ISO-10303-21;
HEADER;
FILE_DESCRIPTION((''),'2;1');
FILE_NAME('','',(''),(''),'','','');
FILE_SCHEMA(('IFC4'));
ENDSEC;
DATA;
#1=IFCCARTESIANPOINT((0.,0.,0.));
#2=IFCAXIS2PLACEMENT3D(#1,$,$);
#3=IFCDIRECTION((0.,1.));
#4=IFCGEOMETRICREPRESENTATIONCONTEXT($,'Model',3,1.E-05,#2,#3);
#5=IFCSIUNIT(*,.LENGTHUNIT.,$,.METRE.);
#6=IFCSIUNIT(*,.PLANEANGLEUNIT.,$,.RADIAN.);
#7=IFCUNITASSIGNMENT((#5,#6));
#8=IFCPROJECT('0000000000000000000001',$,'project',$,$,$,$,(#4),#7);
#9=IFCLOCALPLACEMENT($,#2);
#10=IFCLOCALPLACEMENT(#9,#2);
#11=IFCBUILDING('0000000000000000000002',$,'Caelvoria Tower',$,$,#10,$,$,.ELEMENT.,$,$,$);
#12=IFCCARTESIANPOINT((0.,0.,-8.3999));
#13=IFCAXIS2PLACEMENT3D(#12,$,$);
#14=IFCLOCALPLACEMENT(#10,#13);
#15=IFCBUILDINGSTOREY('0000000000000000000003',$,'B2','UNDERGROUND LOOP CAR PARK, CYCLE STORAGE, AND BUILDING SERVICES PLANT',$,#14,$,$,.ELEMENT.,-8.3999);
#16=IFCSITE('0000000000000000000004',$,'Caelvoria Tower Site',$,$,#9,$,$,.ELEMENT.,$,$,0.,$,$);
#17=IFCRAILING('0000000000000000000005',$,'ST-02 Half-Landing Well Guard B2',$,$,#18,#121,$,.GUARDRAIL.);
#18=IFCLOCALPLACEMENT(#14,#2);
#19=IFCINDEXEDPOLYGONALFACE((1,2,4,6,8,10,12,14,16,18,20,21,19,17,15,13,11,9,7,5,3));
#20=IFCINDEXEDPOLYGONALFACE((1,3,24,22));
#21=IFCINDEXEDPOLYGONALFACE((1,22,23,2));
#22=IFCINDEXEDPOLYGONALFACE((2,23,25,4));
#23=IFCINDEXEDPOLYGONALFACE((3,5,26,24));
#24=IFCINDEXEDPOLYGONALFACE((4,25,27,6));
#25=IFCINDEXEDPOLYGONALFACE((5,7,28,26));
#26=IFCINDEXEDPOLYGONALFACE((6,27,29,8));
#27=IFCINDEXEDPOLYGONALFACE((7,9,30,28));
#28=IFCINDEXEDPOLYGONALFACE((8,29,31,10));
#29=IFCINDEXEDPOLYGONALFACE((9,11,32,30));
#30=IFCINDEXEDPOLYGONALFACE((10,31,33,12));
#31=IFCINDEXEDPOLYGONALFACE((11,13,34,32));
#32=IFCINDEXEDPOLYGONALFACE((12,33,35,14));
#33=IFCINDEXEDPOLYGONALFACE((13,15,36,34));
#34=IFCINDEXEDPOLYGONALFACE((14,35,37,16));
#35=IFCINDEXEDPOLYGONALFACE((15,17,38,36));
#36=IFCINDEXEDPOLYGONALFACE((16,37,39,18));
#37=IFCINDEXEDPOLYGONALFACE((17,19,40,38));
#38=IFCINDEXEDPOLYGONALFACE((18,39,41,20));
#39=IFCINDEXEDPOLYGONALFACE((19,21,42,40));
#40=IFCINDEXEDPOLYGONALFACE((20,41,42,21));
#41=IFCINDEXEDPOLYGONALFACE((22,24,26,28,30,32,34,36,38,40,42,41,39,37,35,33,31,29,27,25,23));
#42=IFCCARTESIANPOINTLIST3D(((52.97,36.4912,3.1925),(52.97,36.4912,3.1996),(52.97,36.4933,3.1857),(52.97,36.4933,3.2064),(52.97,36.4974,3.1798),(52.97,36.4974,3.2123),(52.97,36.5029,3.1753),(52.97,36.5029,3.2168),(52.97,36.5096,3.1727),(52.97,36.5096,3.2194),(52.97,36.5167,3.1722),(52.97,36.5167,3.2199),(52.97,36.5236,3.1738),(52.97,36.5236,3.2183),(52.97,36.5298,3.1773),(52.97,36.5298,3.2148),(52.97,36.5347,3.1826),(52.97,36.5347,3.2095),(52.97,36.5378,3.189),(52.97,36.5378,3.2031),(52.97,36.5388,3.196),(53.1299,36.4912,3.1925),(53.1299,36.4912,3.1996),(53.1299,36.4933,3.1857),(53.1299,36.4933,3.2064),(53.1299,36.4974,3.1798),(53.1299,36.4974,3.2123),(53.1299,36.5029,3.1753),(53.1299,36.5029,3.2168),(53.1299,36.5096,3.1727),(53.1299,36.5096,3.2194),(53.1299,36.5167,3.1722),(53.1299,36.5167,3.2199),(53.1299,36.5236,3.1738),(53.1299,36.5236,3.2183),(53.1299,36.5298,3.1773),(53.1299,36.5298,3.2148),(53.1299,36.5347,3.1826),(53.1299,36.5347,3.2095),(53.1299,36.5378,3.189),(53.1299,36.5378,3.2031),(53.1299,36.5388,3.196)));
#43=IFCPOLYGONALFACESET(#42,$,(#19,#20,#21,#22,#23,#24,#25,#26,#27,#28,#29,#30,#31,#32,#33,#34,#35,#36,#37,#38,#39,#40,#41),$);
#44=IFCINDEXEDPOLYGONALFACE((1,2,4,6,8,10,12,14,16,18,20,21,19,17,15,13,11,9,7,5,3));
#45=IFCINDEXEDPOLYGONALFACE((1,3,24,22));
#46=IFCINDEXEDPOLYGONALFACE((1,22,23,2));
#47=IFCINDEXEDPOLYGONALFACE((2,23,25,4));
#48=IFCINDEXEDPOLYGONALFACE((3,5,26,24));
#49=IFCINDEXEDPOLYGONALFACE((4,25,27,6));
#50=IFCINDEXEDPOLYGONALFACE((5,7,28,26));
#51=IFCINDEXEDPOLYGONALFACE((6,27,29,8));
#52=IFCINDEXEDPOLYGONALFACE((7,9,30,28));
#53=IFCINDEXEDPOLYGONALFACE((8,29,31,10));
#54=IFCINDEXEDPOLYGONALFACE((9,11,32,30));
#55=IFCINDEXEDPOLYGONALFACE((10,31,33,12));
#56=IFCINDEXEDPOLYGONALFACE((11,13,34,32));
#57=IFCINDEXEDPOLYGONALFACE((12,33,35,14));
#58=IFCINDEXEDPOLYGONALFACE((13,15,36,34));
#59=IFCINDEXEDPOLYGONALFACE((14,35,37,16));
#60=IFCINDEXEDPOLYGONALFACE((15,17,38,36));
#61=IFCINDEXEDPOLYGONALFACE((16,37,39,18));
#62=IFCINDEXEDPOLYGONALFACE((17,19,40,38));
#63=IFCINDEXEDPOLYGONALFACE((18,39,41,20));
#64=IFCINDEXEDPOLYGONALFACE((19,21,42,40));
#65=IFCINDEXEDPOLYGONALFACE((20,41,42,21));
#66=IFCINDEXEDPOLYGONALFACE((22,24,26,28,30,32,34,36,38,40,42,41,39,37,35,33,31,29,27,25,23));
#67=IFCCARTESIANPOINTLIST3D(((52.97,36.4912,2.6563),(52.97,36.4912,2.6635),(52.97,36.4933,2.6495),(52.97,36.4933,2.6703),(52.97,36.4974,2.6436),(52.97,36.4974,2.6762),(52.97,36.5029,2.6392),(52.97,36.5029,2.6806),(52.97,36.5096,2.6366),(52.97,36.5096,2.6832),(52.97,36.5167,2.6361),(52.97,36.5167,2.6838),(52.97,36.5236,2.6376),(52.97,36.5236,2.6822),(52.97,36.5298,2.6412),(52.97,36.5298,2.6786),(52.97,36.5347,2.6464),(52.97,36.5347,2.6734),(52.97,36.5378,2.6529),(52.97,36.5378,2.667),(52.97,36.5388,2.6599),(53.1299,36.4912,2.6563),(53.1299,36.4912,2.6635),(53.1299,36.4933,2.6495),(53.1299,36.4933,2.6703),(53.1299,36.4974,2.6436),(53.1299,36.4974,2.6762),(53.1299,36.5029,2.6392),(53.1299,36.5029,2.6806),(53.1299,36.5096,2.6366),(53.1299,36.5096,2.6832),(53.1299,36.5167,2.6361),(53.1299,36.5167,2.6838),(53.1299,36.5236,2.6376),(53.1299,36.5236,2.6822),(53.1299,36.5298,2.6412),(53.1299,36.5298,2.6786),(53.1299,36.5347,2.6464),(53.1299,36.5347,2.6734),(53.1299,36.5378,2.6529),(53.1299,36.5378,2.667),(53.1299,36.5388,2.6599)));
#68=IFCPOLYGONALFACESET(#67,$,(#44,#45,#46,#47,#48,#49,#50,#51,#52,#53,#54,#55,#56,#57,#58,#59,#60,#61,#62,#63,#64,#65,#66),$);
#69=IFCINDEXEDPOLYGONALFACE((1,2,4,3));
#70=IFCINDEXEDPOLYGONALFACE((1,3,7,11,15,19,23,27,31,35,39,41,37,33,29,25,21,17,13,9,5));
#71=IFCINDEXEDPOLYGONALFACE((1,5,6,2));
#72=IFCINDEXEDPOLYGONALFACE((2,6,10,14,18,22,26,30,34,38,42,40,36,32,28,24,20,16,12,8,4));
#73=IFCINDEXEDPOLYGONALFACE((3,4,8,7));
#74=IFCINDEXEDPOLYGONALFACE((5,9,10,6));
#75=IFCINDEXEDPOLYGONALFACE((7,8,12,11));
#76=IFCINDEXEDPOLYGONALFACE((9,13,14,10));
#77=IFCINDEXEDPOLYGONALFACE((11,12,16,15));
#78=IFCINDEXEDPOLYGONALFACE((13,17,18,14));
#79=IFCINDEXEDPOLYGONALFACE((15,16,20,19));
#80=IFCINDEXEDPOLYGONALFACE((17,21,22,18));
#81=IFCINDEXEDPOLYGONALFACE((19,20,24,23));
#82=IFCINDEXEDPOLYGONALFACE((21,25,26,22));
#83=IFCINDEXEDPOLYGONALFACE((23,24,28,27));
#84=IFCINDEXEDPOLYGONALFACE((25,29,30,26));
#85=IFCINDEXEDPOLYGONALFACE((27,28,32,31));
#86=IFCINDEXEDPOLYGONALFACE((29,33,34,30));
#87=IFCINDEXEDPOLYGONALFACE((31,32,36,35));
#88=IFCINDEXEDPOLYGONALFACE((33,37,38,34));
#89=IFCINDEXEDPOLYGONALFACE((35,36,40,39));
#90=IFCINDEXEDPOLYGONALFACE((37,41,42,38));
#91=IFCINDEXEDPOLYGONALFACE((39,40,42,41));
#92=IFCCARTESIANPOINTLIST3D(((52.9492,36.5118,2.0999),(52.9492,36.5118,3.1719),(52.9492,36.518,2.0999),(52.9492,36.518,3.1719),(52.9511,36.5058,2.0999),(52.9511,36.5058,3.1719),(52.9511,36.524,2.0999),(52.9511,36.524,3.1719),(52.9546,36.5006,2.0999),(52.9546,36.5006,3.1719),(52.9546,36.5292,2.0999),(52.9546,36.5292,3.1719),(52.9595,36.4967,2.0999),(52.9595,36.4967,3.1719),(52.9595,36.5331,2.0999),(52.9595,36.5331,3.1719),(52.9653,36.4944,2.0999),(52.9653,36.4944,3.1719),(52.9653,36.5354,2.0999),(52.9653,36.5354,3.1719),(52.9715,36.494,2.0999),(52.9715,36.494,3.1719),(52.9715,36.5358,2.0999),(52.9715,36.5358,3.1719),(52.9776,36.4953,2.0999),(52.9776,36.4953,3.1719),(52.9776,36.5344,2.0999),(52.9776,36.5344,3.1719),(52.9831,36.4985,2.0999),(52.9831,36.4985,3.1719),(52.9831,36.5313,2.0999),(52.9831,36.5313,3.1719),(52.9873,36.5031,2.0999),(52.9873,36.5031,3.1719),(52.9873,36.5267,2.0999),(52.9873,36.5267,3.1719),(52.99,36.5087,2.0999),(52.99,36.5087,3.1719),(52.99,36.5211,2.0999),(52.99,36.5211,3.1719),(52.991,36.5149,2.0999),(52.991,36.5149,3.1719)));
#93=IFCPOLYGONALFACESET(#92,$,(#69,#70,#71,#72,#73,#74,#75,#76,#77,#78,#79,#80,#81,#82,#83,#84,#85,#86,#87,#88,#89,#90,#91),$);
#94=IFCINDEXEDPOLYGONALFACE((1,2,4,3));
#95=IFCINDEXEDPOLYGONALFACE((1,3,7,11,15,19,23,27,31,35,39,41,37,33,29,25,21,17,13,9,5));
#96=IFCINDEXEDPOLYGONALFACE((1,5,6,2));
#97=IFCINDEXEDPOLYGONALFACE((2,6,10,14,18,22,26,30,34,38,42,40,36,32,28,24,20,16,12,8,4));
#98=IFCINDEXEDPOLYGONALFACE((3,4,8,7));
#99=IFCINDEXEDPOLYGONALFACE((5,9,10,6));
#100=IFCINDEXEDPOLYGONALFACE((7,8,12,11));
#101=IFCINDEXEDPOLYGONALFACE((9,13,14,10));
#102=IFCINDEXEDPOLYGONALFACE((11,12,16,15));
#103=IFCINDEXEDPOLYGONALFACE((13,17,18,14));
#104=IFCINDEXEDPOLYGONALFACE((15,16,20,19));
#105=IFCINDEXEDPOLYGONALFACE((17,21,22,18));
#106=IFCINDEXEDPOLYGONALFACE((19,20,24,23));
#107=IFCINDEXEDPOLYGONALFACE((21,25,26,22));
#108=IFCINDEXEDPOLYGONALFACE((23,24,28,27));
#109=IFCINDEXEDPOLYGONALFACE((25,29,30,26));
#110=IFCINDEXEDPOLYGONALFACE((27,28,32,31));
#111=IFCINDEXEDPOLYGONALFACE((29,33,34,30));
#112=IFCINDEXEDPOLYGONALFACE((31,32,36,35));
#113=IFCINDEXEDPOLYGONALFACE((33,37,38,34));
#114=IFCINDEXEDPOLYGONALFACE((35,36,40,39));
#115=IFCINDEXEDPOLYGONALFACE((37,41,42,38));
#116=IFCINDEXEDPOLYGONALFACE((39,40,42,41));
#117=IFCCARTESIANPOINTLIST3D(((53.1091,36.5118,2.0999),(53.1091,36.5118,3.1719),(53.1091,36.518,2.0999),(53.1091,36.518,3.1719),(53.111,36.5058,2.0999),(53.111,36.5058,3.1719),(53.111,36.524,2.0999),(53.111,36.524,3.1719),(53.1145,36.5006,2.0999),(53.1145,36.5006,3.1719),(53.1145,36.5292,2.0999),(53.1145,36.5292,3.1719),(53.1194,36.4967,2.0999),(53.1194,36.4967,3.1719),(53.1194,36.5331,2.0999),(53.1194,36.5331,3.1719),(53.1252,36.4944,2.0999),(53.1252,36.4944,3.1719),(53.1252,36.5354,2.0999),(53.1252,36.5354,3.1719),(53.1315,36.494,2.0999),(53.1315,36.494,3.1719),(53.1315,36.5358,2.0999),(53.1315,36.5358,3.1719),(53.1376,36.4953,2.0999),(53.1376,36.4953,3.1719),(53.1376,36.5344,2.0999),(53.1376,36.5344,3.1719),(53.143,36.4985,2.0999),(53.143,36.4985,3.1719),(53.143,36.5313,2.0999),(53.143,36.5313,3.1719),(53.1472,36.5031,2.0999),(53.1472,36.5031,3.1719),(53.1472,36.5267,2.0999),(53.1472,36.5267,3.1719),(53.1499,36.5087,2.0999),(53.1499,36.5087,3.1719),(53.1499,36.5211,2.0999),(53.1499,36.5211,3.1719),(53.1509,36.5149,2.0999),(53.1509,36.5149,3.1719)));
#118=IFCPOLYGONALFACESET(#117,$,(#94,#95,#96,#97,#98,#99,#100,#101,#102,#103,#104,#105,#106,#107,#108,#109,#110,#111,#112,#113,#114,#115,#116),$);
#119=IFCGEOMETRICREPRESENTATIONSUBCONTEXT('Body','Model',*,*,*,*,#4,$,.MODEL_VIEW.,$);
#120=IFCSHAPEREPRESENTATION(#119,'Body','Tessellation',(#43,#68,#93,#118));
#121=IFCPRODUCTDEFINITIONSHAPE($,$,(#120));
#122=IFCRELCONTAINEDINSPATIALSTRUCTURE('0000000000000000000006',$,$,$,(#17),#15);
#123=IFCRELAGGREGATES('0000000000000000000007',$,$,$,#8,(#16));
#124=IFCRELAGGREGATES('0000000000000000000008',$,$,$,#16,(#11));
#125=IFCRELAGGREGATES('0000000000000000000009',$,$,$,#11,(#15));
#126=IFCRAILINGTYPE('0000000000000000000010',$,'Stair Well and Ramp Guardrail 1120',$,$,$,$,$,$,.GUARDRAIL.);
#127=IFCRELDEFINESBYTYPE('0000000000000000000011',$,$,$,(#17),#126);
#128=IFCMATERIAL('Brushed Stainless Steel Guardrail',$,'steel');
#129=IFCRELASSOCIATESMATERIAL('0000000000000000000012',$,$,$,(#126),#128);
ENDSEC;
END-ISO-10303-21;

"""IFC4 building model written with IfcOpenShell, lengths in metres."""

from ifc_helpers import new_model, si_unit, direction, frame, origin, origin_2d, place, context, subcontext, project, spatial, circle, extrude, material, type_object, element, save


model = new_model("IFC4")

# Units and contexts
model_context = context("Model", 3, precision=1e-05, world=origin(), true_north=direction((0.0, 1.0)))
body_context = subcontext(model_context, "Body", "Model", "MODEL_VIEW")
ifc_project = project(units=[si_unit("LENGTHUNIT", "METRE"), si_unit("PLANEANGLEUNIT", "RADIAN")], contexts=[model_context])

# Site, building, storey
site_placement = place(None, origin())
site = spatial("IfcSite", under=ifc_project, at=site_placement, Name="Caelvoria Tower Site", CompositionType="ELEMENT", RefElevation=0.0)
building_placement = place(site_placement, origin())
building = spatial("IfcBuilding", under=site, at=building_placement, Name="Caelvoria Tower", CompositionType="ELEMENT")
storey_placement = place(building_placement, frame((0.0, 0.0, -8.3999)))
storey = spatial("IfcBuildingStorey", under=building, at=storey_placement, Name="B2", Description="UNDERGROUND LOOP CAR PARK, CYCLE STORAGE, AND BUILDING SERVICES PLANT", CompositionType="ELEMENT", Elevation=-8.3999)

# Railing
ifc_material_1 = material(Name="Brushed Stainless Steel Guardrail", Category="steel")
railing_type_1 = type_object("IfcRailingType", Name="Stair Well and Ramp Guardrail 1120", PredefinedType="GUARDRAIL", material=ifc_material_1)
railing_1_placement = place(storey_placement, frame((52.97, 36.5149, 2.0999)))
element("IfcRailing", 1, at=railing_1_placement, inside=storey, type_object=railing_type_1, Name="ST-02 Half-Landing Well Guard B2", PredefinedType="GUARDRAIL", context=body_context, shape_type="SweptSolid", body=[
    extrude(circle(Radius=0.0239, at=origin_2d()), frame((0.0, 0.0, 1.0962), z_axis=(1.0, 0.0, 0.0), x_axis=(0.0, 1.0, 0.0)), (0.0, 0.0, 1.0), 0.1599),
    extrude(circle(Radius=0.0239, at=origin_2d()), frame((0.0, 0.0, 0.5601), z_axis=(1.0, 0.0, 0.0), x_axis=(0.0, 1.0, 0.0)), (0.0, 0.0, 1.0), 0.1599),
    extrude(circle(Radius=0.021, at=origin_2d()), origin(), (0.0, 0.0, 1.0), 1.072),
    extrude(circle(Radius=0.021, at=origin_2d()), frame((0.1599, 0.0, 0.0)), (0.0, 0.0, 1.0), 1.072),
])

save(model, "model.ifc")
